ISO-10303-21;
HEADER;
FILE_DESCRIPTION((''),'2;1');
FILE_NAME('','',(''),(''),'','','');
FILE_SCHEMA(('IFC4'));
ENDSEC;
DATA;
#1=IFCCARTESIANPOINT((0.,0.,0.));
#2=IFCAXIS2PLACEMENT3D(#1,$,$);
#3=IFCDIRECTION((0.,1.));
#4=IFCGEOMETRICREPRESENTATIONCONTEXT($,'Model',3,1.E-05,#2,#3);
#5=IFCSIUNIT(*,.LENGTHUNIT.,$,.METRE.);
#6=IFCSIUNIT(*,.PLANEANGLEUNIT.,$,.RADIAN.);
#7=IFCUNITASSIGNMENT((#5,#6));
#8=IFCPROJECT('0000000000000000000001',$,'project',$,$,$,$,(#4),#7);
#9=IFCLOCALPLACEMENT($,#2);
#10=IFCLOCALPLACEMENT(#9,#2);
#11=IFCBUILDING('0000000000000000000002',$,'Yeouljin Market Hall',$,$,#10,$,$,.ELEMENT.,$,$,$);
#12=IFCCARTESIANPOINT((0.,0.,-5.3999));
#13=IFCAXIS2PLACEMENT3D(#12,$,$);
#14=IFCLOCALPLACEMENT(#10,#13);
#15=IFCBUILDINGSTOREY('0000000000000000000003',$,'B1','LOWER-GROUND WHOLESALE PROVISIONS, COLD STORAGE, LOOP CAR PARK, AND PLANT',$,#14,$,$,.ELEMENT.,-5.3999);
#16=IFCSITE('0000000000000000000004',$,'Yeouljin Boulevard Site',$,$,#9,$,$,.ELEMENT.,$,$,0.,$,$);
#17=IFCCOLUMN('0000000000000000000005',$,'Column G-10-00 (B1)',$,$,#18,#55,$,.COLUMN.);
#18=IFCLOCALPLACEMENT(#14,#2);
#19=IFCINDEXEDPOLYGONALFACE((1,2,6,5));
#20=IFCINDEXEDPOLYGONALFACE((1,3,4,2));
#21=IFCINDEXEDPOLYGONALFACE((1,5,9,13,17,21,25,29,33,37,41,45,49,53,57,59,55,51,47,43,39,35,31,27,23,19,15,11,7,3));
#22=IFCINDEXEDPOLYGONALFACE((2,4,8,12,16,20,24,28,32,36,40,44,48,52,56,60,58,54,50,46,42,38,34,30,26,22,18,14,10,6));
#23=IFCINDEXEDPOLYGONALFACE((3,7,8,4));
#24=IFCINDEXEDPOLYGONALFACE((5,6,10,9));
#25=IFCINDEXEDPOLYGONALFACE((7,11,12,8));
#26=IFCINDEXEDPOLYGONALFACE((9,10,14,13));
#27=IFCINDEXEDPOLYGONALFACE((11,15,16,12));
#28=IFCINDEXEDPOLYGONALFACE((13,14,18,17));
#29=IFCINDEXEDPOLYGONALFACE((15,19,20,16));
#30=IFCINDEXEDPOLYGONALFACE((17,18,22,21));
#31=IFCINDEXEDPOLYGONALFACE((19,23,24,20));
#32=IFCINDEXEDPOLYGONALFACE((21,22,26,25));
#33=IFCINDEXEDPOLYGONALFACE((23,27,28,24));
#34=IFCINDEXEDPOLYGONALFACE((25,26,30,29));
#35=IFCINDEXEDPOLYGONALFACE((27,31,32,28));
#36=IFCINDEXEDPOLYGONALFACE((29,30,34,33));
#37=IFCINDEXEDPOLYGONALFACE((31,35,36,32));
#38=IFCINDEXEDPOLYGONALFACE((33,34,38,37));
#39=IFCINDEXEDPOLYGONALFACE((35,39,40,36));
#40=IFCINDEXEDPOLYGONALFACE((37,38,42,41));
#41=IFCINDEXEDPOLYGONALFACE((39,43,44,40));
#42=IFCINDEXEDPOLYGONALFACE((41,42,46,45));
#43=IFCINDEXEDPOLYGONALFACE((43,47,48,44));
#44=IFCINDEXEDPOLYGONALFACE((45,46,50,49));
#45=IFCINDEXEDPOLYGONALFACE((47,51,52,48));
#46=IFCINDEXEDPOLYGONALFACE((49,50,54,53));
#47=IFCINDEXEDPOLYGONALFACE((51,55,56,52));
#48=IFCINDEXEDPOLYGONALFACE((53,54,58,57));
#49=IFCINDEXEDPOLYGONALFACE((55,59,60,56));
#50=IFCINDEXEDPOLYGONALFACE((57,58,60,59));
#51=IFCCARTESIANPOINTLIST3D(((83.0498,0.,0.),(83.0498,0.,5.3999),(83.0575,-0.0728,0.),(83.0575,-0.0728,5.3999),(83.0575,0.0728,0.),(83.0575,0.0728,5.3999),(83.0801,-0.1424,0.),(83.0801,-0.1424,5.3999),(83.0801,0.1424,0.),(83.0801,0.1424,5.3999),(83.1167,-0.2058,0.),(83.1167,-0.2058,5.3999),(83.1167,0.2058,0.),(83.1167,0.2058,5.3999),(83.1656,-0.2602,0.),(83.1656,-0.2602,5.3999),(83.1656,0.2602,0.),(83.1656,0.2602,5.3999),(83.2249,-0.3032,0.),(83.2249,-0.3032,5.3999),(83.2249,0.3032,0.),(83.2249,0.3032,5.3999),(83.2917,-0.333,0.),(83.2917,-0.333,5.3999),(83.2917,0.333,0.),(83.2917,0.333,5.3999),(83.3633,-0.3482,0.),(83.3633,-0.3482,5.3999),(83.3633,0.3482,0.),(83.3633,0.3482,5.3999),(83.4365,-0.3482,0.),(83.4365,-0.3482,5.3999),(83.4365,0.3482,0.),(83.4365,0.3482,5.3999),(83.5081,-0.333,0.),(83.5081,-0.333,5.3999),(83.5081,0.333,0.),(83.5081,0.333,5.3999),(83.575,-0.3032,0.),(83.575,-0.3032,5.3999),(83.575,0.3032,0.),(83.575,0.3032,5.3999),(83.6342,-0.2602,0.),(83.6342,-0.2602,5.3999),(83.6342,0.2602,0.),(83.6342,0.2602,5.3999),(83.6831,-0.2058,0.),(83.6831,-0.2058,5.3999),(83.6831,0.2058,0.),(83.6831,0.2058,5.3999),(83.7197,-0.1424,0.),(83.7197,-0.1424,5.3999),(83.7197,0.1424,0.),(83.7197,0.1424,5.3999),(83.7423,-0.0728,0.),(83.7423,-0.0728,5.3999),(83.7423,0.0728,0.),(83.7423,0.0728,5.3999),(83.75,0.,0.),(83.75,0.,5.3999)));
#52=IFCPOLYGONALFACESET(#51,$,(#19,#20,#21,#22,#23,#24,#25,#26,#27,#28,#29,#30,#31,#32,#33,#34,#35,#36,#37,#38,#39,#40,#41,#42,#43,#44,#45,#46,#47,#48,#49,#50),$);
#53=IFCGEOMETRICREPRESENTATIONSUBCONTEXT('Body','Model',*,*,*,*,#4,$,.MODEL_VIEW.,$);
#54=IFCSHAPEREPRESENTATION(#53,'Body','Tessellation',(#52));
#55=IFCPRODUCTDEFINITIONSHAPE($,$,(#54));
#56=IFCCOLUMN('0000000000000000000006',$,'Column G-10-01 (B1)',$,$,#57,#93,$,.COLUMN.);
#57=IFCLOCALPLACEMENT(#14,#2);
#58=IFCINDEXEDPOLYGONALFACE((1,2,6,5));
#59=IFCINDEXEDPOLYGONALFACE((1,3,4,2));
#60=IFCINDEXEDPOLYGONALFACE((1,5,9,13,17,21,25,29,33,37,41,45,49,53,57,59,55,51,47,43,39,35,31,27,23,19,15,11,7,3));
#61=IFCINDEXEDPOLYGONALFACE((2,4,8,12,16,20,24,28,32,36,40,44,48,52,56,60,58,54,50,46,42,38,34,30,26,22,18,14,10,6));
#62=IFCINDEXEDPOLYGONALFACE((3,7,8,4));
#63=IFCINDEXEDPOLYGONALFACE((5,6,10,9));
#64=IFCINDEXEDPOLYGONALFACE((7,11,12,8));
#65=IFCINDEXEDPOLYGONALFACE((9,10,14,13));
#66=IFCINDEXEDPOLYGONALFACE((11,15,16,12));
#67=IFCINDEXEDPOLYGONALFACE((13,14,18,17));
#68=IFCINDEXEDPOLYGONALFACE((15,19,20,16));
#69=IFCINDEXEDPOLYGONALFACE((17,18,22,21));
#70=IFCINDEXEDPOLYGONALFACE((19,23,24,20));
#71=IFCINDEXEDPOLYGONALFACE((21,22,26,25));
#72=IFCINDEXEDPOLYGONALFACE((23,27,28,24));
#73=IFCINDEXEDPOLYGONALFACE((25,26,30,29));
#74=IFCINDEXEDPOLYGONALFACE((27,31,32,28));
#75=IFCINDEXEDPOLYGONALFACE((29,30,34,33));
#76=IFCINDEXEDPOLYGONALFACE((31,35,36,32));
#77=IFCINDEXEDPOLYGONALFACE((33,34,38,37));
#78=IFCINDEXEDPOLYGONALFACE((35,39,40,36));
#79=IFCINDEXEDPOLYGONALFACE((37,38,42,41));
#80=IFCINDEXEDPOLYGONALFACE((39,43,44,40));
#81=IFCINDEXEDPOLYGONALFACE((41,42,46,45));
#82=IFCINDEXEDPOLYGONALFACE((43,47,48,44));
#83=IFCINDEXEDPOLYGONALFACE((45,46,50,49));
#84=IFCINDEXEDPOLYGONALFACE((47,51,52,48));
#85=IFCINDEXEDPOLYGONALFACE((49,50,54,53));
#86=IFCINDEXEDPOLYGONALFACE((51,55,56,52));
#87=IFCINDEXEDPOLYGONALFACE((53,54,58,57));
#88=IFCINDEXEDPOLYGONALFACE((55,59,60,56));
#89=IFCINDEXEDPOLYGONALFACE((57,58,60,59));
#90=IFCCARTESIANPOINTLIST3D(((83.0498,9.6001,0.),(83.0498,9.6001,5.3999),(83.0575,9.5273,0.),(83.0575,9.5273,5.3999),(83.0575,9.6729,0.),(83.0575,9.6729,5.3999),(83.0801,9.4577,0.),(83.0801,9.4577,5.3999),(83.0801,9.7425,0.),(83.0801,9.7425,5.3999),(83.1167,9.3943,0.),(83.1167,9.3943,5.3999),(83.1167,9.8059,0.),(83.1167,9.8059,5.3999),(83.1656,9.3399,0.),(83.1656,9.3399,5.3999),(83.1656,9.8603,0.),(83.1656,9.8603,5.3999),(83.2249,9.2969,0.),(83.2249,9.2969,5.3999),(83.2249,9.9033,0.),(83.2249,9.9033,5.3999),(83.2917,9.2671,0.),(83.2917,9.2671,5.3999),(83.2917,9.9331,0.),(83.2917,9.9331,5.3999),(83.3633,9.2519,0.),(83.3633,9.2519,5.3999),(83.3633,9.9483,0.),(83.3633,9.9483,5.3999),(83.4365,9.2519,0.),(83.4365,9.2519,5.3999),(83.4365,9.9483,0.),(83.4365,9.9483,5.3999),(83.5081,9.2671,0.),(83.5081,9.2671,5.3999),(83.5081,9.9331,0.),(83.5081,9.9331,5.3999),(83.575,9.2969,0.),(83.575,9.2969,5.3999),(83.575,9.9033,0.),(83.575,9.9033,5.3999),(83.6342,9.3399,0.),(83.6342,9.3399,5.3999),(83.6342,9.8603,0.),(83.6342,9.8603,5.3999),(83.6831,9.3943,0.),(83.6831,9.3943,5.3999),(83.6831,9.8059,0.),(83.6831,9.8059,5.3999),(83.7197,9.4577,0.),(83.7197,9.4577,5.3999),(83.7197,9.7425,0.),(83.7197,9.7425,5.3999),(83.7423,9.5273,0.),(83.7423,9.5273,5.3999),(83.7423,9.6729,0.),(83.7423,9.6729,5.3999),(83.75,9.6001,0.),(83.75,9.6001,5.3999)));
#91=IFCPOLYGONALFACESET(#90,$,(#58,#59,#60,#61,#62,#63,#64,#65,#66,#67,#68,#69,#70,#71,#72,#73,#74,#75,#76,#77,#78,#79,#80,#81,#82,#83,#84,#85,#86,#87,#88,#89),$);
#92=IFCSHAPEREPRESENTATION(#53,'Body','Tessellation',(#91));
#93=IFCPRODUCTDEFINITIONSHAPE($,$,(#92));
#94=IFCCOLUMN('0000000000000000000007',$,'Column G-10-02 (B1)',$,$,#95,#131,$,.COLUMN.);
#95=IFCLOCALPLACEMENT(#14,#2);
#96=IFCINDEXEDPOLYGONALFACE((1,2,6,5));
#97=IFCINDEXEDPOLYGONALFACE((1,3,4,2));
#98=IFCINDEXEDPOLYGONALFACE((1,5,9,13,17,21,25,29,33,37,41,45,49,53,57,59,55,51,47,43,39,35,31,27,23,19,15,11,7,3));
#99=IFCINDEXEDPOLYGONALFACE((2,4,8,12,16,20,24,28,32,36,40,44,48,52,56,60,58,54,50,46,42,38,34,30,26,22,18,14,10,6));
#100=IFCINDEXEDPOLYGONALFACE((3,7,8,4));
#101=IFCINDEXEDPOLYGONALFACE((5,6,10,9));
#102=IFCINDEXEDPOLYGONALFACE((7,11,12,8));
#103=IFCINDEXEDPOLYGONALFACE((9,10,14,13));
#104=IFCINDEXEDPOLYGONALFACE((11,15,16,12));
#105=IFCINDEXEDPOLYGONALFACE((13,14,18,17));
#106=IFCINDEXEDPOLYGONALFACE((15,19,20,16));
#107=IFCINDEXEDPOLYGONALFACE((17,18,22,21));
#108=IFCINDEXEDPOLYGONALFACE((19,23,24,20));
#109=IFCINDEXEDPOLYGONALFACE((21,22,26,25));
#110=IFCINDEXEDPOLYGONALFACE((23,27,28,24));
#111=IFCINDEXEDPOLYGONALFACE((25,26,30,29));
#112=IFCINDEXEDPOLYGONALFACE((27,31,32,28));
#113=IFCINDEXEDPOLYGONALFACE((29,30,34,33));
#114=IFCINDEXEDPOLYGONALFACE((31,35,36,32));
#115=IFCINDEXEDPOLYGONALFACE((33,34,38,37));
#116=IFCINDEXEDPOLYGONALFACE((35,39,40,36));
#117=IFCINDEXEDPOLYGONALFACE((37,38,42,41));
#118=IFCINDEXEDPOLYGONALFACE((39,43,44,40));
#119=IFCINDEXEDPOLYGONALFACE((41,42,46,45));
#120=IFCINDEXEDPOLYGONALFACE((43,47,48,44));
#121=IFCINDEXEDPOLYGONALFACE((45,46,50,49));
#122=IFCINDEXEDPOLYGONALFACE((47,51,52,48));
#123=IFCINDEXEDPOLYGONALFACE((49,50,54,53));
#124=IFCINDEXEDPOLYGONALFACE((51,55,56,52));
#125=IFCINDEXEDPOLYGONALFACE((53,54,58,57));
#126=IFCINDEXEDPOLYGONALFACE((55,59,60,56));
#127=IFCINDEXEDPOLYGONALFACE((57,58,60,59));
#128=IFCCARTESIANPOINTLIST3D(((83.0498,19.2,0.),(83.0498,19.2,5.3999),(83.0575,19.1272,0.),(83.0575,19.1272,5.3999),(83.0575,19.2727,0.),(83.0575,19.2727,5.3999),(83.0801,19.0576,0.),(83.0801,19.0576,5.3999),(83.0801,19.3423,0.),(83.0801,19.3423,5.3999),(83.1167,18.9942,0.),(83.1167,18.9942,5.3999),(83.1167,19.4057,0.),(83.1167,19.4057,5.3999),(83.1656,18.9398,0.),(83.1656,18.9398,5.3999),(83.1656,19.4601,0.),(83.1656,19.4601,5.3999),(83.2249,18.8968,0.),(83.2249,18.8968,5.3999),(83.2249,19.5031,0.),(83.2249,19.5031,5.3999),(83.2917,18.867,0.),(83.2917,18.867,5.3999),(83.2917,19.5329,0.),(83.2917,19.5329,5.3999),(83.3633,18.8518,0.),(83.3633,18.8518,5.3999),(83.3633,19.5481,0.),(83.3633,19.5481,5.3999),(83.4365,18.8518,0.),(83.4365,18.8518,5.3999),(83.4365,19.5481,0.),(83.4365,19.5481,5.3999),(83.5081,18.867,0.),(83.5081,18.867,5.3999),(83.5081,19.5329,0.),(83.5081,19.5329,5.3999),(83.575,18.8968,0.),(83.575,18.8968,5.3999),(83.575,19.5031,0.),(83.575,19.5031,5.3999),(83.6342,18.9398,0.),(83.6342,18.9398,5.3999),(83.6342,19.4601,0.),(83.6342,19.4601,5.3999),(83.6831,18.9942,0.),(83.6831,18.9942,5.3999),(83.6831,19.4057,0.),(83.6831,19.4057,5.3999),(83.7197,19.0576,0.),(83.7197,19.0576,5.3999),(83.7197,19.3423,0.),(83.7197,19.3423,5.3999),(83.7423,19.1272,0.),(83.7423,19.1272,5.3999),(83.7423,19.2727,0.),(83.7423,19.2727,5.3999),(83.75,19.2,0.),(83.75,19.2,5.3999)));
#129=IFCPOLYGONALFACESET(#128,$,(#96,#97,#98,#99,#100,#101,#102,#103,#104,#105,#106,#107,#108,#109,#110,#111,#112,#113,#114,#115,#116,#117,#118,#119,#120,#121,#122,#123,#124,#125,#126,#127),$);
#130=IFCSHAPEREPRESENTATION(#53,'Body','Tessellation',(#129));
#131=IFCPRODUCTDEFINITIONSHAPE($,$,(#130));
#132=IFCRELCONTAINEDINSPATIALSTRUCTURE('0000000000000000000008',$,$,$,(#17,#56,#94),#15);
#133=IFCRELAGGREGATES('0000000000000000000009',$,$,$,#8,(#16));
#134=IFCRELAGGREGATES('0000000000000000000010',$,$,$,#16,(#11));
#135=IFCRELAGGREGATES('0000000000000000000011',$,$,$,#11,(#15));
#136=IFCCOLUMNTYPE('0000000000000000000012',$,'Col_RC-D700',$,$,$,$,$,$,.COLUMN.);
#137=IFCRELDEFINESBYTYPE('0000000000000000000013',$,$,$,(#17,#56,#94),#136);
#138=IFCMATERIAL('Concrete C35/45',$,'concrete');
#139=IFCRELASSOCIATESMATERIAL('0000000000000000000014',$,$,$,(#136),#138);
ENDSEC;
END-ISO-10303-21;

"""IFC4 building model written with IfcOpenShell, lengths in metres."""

from ifc_helpers import new_model, si_unit, direction, frame, origin, origin_2d, place, context, subcontext, project, spatial, circle, extrude, material, material_profile, profile_set, type_object, element, save


model = new_model("IFC4")

# Units and contexts
model_context = context("Model", 3, precision=1e-05, world=origin(), true_north=direction((0.0, 1.0)))
body_context = subcontext(model_context, "Body", "Model", "MODEL_VIEW")
ifc_project = project(units=[si_unit("LENGTHUNIT", "METRE"), si_unit("PLANEANGLEUNIT", "RADIAN")], contexts=[model_context])

# Site, building, storey
site_placement = place(None, origin())
site = spatial("IfcSite", under=ifc_project, at=site_placement, Name="Yeouljin Boulevard Site", CompositionType="ELEMENT", RefElevation=0.0)
building_placement = place(site_placement, origin())
building = spatial("IfcBuilding", under=site, at=building_placement, Name="Yeouljin Market Hall", CompositionType="ELEMENT")
storey_placement = place(building_placement, frame((0.0, 0.0, -5.3999)))
storey = spatial("IfcBuildingStorey", under=building, at=storey_placement, Name="B1", Description="LOWER-GROUND WHOLESALE PROVISIONS, COLD STORAGE, LOOP CAR PARK, AND PLANT", CompositionType="ELEMENT", Elevation=-5.3999)

# Columns
ifc_material_1 = material(Name="Concrete C35/45", Category="concrete")
ifc_material_profile_1 = material_profile(ifc_material_1, circle(Radius=0.3501, at=origin_2d()), Name="RC-D700")
ifc_profile_set_1 = profile_set([ifc_material_profile_1], Name="Concrete C35/45")
column_type_1 = type_object("IfcColumnType", Name="Col_RC-D700", PredefinedType="COLUMN", material=ifc_profile_set_1)
for number, where, z_axis, x_axis, name in (
    (1, (83.3999, 0.0, 0.0), (0.0, 0.0, 1.0), (1.0, 0.0, 0.0), "Column G-10-00 (B1)"),
    (2, (83.3999, 9.6001, 0.0), (0.0, 0.0, 1.0), (1.0, 0.0, 0.0), "Column G-10-01 (B1)"),
    (3, (83.3999, 19.2, 0.0), (0.0, 0.0, 1.0), (1.0, 0.0, 0.0), "Column G-10-02 (B1)"),
):
    element("IfcColumn", number, at=place(storey_placement, frame(where, z_axis=z_axis, x_axis=x_axis)), inside=storey, type_object=column_type_1, Name=name, PredefinedType="COLUMN", context=body_context, shape_type="SweptSolid", body=[
        extrude(circle(Radius=0.3501, at=origin_2d()), origin(), (0.0, 0.0, 1.0), 5.3999),
    ])

save(model, "model.ifc")
